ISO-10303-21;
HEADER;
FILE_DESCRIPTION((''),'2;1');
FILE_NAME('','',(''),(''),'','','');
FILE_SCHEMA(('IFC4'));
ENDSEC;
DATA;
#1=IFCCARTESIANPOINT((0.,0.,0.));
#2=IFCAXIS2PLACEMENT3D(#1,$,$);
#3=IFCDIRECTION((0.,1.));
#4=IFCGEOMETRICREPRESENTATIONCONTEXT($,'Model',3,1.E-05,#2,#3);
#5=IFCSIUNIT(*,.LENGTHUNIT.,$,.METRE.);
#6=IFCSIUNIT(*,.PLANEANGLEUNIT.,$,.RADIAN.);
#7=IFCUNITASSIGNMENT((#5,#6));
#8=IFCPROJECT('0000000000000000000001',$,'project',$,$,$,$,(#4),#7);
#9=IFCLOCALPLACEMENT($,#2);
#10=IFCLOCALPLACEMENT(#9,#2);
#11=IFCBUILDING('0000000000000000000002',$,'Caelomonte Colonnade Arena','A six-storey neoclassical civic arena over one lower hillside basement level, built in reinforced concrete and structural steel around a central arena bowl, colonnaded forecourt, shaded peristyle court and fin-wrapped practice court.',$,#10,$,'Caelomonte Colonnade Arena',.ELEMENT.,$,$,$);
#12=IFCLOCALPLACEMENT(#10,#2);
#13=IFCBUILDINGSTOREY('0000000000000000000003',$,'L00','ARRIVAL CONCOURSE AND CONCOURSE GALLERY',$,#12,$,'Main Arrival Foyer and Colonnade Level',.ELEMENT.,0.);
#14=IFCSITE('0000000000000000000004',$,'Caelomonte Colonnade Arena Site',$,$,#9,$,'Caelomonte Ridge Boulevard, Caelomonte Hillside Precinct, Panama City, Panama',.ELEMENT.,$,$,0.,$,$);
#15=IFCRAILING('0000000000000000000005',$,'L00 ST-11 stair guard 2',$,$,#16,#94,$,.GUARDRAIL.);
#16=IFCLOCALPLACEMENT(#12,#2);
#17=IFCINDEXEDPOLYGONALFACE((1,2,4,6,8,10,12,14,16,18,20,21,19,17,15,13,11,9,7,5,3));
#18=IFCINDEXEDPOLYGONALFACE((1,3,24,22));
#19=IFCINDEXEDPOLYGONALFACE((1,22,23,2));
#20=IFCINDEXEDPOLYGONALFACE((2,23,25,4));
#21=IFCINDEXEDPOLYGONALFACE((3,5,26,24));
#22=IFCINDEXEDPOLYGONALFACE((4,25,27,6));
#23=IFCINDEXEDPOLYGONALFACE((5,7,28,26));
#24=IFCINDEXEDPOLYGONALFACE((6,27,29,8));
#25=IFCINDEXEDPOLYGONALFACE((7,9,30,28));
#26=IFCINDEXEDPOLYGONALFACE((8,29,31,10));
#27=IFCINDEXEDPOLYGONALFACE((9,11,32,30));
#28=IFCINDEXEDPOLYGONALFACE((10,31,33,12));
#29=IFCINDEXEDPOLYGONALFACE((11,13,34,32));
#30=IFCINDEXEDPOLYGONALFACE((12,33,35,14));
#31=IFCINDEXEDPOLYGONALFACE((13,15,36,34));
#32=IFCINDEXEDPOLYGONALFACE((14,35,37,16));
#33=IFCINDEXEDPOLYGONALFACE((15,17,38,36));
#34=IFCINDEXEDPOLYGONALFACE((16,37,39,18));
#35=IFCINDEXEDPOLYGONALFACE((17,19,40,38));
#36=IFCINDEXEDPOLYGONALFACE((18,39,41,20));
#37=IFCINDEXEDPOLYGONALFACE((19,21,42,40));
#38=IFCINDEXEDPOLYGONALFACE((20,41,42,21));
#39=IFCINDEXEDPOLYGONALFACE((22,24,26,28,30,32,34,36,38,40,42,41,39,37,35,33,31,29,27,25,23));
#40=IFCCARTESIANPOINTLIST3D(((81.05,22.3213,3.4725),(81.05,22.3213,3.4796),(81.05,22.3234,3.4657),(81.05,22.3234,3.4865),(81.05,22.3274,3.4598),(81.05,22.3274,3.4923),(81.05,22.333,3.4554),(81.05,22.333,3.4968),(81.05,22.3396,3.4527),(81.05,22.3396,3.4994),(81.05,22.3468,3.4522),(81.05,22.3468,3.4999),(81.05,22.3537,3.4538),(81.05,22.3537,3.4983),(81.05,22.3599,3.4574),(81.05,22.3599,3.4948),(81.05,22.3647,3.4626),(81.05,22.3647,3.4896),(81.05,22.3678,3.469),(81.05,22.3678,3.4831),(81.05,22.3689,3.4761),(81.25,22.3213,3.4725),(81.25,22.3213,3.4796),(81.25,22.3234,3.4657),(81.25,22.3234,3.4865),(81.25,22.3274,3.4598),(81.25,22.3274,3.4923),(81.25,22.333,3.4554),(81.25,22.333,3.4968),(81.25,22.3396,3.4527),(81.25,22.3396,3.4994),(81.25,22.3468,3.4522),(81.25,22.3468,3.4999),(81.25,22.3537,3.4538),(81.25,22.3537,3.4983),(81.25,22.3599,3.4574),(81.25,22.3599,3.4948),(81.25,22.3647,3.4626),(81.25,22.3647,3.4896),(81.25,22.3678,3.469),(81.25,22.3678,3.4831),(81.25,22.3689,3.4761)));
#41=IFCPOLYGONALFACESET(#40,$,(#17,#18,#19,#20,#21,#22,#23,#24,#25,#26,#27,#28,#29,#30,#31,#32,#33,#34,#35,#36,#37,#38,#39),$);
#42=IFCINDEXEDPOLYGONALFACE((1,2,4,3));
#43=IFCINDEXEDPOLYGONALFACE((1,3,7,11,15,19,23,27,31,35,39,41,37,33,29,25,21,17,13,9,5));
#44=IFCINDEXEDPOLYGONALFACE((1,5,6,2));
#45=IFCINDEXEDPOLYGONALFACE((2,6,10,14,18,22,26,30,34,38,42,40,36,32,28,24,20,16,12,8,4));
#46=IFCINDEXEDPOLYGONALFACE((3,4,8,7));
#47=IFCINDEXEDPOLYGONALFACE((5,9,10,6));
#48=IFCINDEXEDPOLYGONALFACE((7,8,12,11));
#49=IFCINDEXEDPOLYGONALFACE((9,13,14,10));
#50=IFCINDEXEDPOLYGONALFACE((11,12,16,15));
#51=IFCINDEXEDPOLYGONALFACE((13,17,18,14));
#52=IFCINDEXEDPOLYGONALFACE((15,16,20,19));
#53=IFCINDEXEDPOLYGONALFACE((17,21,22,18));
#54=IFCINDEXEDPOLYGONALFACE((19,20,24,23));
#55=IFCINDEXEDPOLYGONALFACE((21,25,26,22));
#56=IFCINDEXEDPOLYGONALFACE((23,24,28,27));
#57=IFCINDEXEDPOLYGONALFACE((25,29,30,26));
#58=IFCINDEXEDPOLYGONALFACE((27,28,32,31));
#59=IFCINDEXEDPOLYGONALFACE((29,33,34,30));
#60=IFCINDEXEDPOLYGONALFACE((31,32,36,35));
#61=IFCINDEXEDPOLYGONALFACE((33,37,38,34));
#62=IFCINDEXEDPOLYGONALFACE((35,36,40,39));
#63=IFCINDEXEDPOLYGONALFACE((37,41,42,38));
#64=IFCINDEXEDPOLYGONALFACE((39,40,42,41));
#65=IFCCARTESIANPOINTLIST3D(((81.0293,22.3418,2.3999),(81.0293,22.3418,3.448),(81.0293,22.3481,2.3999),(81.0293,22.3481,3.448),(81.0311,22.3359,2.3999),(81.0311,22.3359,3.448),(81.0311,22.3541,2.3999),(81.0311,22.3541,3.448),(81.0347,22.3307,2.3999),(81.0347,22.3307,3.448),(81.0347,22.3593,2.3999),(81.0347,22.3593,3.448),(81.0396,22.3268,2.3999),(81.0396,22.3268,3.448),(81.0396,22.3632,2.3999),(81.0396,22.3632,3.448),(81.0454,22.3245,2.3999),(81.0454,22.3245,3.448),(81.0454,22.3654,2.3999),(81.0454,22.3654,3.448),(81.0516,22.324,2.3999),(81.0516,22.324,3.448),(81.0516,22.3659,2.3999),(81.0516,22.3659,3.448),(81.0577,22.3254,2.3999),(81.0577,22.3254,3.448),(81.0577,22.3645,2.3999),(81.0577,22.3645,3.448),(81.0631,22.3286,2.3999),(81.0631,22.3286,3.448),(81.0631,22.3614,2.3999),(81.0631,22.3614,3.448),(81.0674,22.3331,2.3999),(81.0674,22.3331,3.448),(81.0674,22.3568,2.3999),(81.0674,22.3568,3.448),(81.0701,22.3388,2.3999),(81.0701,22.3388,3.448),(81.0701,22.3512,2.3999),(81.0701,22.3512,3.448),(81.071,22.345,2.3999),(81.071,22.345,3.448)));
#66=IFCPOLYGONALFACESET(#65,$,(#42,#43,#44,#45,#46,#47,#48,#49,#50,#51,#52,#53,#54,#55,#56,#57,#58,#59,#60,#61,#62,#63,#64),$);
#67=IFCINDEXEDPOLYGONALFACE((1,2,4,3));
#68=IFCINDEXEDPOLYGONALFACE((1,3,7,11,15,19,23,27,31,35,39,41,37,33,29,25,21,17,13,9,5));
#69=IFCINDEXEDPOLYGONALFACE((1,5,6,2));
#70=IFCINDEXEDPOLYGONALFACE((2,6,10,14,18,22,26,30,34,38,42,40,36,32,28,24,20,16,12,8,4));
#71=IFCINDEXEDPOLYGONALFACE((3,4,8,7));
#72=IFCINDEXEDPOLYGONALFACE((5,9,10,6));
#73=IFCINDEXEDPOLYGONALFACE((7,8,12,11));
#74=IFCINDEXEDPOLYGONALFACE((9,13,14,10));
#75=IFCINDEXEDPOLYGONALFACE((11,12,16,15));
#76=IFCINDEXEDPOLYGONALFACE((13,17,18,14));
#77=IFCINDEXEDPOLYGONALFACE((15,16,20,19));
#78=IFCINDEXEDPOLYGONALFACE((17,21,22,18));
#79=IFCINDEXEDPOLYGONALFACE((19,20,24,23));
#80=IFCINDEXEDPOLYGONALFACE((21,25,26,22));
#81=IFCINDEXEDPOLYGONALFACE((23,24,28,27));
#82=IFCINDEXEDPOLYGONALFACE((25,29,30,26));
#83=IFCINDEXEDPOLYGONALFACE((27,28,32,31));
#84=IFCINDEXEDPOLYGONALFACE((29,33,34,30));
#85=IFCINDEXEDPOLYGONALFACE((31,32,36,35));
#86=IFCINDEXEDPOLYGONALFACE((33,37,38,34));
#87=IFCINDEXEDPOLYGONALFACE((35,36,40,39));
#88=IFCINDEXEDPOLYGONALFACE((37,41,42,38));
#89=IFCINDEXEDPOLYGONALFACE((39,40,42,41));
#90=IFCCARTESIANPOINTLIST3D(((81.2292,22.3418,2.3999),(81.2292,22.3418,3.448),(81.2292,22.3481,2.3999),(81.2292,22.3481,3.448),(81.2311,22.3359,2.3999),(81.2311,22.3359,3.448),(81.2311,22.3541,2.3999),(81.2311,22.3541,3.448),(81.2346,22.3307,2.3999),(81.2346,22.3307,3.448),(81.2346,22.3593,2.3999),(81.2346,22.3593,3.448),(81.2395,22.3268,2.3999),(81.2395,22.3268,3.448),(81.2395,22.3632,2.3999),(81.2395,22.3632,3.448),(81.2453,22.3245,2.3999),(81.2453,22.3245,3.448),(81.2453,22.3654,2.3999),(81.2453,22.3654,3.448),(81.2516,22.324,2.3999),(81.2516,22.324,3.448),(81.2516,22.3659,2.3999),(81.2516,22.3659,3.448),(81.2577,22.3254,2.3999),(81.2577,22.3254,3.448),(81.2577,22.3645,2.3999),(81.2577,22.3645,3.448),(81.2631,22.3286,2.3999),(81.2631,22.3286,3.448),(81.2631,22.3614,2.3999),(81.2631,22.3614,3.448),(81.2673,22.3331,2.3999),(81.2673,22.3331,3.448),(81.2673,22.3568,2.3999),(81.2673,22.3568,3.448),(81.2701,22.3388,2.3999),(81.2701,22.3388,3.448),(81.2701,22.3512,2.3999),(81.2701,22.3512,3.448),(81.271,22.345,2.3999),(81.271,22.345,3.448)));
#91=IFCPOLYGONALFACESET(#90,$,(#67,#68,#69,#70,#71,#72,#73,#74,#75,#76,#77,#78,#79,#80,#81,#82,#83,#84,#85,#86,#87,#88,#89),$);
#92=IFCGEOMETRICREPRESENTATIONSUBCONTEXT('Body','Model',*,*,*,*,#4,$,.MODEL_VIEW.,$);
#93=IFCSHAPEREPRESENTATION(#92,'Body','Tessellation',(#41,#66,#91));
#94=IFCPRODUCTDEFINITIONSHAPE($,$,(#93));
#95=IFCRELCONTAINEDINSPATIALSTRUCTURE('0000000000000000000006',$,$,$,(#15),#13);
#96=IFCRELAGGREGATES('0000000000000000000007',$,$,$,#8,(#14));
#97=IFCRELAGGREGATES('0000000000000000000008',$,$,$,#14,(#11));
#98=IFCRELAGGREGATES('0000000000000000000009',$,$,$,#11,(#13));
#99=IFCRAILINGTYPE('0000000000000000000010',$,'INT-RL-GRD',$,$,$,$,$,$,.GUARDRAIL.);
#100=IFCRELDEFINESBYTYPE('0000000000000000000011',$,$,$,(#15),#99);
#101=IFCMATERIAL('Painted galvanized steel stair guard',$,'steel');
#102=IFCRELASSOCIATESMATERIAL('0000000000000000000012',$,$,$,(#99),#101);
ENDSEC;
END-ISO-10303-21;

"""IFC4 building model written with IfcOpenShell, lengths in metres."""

from ifc_helpers import new_model, si_unit, direction, frame, origin, origin_2d, place, context, subcontext, project, spatial, circle, extrude, material, type_object, element, save


model = new_model("IFC4")

# Units and contexts
model_context = context("Model", 3, precision=1e-05, world=origin(), true_north=direction((0.0, 1.0)))
body_context = subcontext(model_context, "Body", "Model", "MODEL_VIEW")
ifc_project = project(units=[si_unit("LENGTHUNIT", "METRE"), si_unit("PLANEANGLEUNIT", "RADIAN")], contexts=[model_context])

# Site, building, storey
site_placement = place(None, origin())
site = spatial("IfcSite", under=ifc_project, at=site_placement, Name="Caelomonte Colonnade Arena Site", LongName="Caelomonte Ridge Boulevard, Caelomonte Hillside Precinct, Panama City, Panama", CompositionType="ELEMENT", RefElevation=0.0)
building_placement = place(site_placement, origin())
building = spatial("IfcBuilding", under=site, at=building_placement, Name="Caelomonte Colonnade Arena", Description="A six-storey neoclassical civic arena over one lower hillside basement level, built in reinforced concrete and structural steel around a central arena bowl, colonnaded forecourt, shaded peristyle court and fin-wrapped practice court.", LongName="Caelomonte Colonnade Arena", CompositionType="ELEMENT")
storey_placement = place(building_placement, origin())
storey = spatial("IfcBuildingStorey", under=building, at=storey_placement, Name="L00", Description="ARRIVAL CONCOURSE AND CONCOURSE GALLERY", LongName="Main Arrival Foyer and Colonnade Level", CompositionType="ELEMENT", Elevation=0.0)

# Railing
ifc_material_1 = material(Name="Painted galvanized steel stair guard", Category="steel")
railing_type_1 = type_object("IfcRailingType", Name="INT-RL-GRD", PredefinedType="GUARDRAIL", material=ifc_material_1)
railing_1_placement = place(storey_placement, frame((81.05, 22.345, 2.3999)))
element("IfcRailing", 1, at=railing_1_placement, inside=storey, type_object=railing_type_1, Name="L00 ST-11 stair guard 2", PredefinedType="GUARDRAIL", context=body_context, shape_type="SweptSolid", body=[
    extrude(circle(Radius=0.0239, at=origin_2d()), frame((0.0, 0.0, 1.0762), z_axis=(1.0, 0.0, 0.0), x_axis=(0.0, 1.0, 0.0)), (0.0, 0.0, 1.0), 0.2),
    extrude(circle(Radius=0.021, at=origin_2d()), origin(), (0.0, 0.0, 1.0), 1.0481),
    extrude(circle(Radius=0.021, at=origin_2d()), frame((0.2, 0.0, 0.0)), (0.0, 0.0, 1.0), 1.0481),
])

save(model, "model.ifc")
